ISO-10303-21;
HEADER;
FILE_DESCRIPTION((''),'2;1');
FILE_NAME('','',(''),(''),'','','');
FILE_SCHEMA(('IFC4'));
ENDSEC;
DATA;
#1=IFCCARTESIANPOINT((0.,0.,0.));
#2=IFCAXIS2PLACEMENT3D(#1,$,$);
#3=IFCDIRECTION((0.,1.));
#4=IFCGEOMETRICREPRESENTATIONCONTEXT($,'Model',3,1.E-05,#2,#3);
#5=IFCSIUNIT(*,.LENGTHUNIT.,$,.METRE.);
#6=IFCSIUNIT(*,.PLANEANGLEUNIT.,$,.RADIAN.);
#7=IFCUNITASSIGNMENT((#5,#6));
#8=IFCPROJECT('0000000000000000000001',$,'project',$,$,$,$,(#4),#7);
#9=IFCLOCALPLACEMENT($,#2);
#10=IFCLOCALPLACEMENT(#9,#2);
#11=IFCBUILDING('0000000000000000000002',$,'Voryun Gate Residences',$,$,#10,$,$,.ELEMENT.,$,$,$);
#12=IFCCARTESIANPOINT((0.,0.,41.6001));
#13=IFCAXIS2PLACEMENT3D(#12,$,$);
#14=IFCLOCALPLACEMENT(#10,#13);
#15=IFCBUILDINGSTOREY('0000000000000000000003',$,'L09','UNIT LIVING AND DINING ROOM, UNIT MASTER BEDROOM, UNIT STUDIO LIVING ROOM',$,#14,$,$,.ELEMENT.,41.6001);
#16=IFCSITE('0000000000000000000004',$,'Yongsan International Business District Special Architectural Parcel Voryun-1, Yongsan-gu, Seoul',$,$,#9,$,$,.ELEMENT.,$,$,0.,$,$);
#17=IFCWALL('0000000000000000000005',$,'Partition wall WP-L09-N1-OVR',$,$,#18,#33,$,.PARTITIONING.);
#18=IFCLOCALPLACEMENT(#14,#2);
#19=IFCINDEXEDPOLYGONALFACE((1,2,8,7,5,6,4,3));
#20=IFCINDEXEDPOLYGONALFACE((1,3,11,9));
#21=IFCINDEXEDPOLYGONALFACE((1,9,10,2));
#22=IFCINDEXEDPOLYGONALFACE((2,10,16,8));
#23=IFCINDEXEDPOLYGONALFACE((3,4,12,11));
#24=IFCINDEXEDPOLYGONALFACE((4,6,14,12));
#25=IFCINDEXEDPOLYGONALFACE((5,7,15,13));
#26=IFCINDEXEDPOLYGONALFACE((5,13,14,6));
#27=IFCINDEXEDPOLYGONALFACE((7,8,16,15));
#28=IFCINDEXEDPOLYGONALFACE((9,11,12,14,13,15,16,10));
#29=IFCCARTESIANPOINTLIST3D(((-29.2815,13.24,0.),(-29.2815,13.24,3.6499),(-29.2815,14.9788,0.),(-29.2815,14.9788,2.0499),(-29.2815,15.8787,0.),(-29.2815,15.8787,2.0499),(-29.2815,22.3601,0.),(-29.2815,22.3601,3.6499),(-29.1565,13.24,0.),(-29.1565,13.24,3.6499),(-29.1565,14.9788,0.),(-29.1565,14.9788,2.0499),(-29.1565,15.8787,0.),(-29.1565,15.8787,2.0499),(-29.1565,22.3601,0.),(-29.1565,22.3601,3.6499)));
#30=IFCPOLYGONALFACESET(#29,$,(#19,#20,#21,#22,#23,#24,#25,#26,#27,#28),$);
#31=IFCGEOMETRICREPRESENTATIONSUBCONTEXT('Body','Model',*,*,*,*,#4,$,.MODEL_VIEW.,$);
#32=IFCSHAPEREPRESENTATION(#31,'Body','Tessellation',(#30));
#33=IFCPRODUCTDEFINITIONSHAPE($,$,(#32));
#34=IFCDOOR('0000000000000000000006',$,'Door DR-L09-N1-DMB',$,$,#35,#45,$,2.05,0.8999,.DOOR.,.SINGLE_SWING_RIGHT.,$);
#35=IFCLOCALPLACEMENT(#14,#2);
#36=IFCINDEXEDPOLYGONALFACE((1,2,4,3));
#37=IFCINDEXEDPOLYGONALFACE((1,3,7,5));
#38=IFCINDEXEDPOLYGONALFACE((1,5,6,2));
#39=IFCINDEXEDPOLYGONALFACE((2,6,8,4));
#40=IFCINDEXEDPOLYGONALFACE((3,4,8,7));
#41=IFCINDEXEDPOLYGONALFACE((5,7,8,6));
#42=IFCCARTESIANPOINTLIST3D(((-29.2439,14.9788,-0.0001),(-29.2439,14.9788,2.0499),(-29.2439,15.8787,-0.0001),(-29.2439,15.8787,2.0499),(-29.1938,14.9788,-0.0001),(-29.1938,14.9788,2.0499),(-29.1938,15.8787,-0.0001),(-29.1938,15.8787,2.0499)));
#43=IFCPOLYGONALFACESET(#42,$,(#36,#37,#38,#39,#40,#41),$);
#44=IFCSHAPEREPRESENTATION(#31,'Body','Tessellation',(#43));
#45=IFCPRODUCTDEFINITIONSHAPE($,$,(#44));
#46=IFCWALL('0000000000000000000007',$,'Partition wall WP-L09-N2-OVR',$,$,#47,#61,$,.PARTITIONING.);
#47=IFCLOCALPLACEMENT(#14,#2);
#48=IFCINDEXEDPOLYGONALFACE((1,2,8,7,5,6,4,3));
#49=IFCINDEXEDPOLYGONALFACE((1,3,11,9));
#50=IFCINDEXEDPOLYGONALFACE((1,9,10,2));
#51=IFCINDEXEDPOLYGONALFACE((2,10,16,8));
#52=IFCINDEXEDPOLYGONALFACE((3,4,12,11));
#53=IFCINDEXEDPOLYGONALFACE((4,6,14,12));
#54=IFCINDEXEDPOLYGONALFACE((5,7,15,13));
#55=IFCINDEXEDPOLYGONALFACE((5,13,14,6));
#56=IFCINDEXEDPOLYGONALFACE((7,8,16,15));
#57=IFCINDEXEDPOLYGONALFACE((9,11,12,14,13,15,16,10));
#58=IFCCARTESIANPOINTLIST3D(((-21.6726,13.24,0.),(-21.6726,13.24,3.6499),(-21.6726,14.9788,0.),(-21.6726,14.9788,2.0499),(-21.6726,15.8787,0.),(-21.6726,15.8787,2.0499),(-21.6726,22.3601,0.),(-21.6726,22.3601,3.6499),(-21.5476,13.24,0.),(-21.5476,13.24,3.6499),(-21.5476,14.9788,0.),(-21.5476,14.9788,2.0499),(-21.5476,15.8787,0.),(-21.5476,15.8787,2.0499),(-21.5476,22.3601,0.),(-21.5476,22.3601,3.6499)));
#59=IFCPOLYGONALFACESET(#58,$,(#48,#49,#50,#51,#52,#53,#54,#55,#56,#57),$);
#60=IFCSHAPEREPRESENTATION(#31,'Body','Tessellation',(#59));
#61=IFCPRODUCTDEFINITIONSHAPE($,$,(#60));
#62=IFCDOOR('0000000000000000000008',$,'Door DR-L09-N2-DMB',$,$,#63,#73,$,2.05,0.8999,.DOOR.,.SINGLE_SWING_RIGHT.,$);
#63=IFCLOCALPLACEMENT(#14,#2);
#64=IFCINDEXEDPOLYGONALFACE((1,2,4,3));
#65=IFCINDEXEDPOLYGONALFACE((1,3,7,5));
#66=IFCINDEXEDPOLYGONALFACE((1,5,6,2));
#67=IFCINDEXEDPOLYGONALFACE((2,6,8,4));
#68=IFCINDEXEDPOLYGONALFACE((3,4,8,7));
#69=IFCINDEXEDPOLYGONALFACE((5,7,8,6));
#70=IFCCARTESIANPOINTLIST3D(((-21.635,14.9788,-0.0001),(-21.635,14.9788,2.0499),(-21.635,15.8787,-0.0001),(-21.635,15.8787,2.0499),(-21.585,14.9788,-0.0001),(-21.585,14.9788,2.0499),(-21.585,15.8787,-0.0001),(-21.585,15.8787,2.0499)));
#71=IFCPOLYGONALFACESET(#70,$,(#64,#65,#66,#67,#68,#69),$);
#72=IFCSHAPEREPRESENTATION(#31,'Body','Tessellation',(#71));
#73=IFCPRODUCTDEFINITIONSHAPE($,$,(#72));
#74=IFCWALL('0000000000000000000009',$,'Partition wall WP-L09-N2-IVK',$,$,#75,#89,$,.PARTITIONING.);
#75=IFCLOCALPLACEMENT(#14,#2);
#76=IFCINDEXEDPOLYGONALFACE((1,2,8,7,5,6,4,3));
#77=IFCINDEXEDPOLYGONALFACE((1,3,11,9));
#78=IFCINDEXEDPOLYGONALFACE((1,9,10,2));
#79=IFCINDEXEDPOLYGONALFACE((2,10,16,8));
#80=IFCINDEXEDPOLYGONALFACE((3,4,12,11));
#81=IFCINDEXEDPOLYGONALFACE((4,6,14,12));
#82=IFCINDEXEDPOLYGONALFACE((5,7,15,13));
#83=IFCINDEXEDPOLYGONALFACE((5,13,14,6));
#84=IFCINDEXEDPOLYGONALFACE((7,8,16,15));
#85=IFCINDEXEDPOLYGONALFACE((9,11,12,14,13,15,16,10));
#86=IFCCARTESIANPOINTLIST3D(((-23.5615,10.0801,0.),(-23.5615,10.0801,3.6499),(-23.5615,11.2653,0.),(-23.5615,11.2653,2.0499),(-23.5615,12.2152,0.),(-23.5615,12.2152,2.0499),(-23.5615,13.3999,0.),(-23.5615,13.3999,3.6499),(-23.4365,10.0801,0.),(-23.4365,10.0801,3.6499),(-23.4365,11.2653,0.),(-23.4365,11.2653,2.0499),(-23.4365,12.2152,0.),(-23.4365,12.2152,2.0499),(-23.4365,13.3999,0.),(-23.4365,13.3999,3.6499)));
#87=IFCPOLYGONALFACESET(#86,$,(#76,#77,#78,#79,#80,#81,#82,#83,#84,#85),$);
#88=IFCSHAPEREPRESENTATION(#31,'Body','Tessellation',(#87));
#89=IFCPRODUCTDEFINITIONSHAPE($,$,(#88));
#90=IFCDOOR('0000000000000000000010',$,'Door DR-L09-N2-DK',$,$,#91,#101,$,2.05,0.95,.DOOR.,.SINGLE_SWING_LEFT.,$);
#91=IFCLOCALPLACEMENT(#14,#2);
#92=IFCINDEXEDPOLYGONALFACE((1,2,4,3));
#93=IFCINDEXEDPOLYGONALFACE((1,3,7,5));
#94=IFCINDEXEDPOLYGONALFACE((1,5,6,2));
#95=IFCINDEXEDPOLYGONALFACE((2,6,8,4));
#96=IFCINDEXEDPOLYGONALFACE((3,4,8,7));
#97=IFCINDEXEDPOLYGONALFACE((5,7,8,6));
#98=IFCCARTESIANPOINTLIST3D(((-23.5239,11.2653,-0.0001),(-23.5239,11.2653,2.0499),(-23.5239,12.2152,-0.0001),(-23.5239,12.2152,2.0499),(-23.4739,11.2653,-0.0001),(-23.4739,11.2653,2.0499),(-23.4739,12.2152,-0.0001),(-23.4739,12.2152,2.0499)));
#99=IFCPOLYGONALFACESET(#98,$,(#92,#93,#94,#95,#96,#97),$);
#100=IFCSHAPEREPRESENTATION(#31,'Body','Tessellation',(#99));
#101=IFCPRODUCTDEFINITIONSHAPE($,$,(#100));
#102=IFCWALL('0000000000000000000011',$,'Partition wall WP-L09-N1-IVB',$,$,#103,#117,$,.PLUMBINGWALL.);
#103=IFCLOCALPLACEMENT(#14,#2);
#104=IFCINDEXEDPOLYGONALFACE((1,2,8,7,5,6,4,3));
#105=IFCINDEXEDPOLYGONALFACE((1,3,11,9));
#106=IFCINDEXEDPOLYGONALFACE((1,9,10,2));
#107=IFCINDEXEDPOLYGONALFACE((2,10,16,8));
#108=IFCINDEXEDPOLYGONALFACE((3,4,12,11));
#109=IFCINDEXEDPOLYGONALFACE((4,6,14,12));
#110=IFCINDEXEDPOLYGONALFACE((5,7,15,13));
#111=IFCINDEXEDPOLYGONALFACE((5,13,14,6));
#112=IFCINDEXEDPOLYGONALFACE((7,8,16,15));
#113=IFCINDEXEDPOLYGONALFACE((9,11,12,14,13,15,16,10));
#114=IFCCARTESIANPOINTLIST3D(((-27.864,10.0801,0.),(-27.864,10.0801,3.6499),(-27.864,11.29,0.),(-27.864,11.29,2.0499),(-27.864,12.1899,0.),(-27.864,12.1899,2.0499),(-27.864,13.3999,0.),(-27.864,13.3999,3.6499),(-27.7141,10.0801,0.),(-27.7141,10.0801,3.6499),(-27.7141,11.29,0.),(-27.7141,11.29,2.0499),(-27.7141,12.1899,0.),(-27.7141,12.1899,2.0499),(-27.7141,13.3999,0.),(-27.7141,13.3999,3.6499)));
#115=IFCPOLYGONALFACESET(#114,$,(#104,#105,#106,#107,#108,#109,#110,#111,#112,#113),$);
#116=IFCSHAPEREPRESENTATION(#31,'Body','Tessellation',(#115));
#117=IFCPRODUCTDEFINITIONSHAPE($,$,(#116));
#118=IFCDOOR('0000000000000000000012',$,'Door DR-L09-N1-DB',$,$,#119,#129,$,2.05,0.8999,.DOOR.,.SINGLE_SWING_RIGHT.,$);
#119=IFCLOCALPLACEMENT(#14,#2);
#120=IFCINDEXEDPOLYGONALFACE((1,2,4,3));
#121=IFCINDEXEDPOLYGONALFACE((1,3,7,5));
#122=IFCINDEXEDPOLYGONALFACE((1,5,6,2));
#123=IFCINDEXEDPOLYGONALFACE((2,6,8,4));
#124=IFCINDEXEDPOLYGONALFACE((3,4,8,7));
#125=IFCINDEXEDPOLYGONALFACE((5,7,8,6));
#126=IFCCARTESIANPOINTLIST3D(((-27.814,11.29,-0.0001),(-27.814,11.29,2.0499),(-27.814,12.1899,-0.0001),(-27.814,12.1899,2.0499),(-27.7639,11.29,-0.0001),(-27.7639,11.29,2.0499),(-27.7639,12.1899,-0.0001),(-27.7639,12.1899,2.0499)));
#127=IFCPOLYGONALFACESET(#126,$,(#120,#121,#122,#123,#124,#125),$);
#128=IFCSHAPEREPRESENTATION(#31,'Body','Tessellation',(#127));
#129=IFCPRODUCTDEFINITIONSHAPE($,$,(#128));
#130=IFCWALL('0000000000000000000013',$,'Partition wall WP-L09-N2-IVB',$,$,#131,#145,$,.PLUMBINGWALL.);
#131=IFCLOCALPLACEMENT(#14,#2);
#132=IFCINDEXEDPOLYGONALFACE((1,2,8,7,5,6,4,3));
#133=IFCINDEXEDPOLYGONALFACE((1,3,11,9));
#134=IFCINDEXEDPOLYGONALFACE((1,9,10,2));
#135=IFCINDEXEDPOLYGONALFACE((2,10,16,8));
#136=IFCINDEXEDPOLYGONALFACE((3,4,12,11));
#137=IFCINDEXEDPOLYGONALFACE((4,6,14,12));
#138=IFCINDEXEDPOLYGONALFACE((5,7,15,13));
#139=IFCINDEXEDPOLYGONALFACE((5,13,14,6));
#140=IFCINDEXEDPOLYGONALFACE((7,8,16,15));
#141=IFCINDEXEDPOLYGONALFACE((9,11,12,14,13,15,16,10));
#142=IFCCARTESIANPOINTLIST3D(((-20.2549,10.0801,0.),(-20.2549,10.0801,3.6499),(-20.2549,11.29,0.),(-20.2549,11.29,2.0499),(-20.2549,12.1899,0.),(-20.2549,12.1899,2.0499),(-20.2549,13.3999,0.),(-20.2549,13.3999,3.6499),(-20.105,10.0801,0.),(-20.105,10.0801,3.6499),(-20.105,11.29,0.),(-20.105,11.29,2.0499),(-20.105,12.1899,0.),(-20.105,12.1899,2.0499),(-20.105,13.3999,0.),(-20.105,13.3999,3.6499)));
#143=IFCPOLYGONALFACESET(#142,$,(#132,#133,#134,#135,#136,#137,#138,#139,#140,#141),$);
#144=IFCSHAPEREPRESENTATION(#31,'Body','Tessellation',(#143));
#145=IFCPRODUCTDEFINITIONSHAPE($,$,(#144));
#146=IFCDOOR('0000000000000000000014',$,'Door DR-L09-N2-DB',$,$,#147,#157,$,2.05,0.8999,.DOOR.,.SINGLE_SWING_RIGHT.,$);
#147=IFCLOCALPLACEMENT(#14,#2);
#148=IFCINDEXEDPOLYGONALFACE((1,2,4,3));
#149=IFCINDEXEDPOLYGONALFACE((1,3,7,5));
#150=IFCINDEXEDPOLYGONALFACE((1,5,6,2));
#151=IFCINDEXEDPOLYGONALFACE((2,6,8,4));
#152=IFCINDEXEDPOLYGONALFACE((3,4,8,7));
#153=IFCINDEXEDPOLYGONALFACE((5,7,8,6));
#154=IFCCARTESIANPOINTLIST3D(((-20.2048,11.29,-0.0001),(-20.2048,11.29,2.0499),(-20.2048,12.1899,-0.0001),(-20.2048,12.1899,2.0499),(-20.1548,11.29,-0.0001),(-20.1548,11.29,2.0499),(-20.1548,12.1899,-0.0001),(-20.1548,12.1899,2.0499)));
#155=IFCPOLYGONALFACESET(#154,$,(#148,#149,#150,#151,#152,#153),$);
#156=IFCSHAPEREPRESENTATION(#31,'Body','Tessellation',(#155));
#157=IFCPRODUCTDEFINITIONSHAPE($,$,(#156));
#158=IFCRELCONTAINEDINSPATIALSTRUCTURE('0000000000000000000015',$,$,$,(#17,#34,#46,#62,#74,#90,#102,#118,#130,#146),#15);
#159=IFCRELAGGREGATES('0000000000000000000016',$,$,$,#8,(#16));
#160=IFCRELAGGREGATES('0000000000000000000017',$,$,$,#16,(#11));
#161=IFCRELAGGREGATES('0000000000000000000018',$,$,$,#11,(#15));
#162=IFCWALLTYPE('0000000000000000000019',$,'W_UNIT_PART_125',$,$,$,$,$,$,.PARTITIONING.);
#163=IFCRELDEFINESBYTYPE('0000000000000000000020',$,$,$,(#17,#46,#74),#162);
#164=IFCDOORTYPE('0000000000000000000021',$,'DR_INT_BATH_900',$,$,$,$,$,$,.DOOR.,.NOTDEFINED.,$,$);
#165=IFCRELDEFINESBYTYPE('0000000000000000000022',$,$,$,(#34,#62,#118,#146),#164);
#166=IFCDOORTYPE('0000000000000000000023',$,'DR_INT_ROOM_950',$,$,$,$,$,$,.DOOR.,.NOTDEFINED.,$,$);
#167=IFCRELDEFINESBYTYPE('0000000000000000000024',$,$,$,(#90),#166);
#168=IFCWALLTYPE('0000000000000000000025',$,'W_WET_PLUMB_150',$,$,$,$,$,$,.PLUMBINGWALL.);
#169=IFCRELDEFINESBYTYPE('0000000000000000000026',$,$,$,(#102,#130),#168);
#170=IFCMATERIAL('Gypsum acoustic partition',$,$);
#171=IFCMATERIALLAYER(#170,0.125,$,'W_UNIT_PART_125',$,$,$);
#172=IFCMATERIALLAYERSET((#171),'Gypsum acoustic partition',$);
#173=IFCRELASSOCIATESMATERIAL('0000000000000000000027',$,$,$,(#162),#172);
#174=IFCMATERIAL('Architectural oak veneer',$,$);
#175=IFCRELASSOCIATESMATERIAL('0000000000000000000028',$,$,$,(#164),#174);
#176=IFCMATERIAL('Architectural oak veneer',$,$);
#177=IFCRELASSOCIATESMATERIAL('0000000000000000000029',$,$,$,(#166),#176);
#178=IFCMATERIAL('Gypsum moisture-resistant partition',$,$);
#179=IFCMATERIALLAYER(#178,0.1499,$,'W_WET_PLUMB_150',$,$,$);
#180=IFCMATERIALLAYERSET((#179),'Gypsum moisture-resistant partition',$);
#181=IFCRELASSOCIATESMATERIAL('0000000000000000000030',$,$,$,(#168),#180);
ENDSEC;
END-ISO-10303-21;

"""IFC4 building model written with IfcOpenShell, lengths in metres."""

from ifc_helpers import new_model, si_unit, direction, frame, frame_2d, origin, place, context, subcontext, project, spatial, rectangle, extrude, material, layer, layer_set, type_object, element, fill, save


model = new_model("IFC4")

# Units and contexts
model_context = context("Model", 3, precision=1e-05, world=origin(), true_north=direction((0.0, 1.0)))
body_context = subcontext(model_context, "Body", "Model", "MODEL_VIEW")
ifc_project = project(units=[si_unit("LENGTHUNIT", "METRE"), si_unit("PLANEANGLEUNIT", "RADIAN")], contexts=[model_context])

# Site, building, storey
site_placement = place(None, origin())
site = spatial("IfcSite", under=ifc_project, at=site_placement, Name="Yongsan International Business District Special Architectural Parcel Voryun-1, Yongsan-gu, Seoul", CompositionType="ELEMENT", RefElevation=0.0)
building_placement = place(site_placement, origin())
building = spatial("IfcBuilding", under=site, at=building_placement, Name="Voryun Gate Residences", CompositionType="ELEMENT")
storey_placement = place(building_placement, frame((0.0, 0.0, 41.6001)))
storey = spatial("IfcBuildingStorey", under=building, at=storey_placement, Name="L09", Description="UNIT LIVING AND DINING ROOM, UNIT MASTER BEDROOM, UNIT STUDIO LIVING ROOM", CompositionType="ELEMENT", Elevation=41.6001)

# Walls, openings, doors
ifc_material_1 = material(Name="Gypsum acoustic partition")
ifc_layer_1 = layer(ifc_material_1, 0.125, Name="W_UNIT_PART_125")
ifc_layer_set_1 = layer_set([ifc_layer_1], Name="Gypsum acoustic partition")
wall_type_1 = type_object("IfcWallType", Name="W_UNIT_PART_125", PredefinedType="PARTITIONING", material=ifc_layer_set_1)
wall_1_placement = place(storey_placement, frame((-29.219, 13.24, 0.0), z_axis=(0.0, 0.0, 1.0), x_axis=(0.0, 1.0, 0.0)))
wall_1 = element("IfcWall", 1, at=wall_1_placement, inside=storey, type_object=wall_type_1, Name="Partition wall WP-L09-N1-OVR", PredefinedType="PARTITIONING", context=body_context, shape_type="SweptSolid", body=[
    extrude(rectangle(XDim=9.1201, YDim=0.125, at=frame_2d((4.5601, 0.0))), origin(), (0.0, 0.0, 1.0), 3.6499),
])
opening_1_placement = place(wall_1_placement, frame((1.7388, 0.0, 0.0)))
opening_1 = element("IfcOpeningElement", 2, at=opening_1_placement, cuts=wall_1, PredefinedType="OPENING", context=body_context, shape_type="SweptSolid", body=[
    extrude(rectangle(XDim=0.8999, YDim=2.05, at=frame_2d((0.45, 1.0249))), frame((0.0, 0.0725, 0.0), z_axis=(0.0, -1.0, 0.0), x_axis=(1.0, 0.0, 0.0)), (0.0, 0.0, 1.0), 0.145),
])
ifc_material_2 = material(Name="Architectural oak veneer")
door_type_1 = type_object("IfcDoorType", Name="DR_INT_BATH_900", OperationType="NOTDEFINED", PredefinedType="DOOR", material=ifc_material_2)
door_1_placement = place(opening_1_placement, origin())
door_1 = element("IfcDoor", 3, at=door_1_placement, inside=storey, type_object=door_type_1, Name="Door DR-L09-N1-DMB", OperationType="SINGLE_SWING_RIGHT", OverallHeight=2.05, OverallWidth=0.8999, PredefinedType="DOOR", context=body_context, shape_type="SweptSolid", body=[
    extrude(rectangle(XDim=0.8999, YDim=2.05, at=frame_2d((0.45, 1.0249))), frame((0.0, 0.0249, 0.0), z_axis=(0.0, -1.0, 0.0), x_axis=(1.0, 0.0, 0.0)), (0.0, 0.0, 1.0), 0.05),
])
fill(opening_1, door_1)
wall_2_placement = place(storey_placement, frame((-21.6101, 13.24, 0.0), z_axis=(0.0, 0.0, 1.0), x_axis=(0.0, 1.0, 0.0)))
wall_2 = element("IfcWall", 4, at=wall_2_placement, inside=storey, type_object=wall_type_1, Name="Partition wall WP-L09-N2-OVR", PredefinedType="PARTITIONING", context=body_context, shape_type="SweptSolid", body=[
    extrude(rectangle(XDim=9.1201, YDim=0.125, at=frame_2d((4.5601, 0.0))), origin(), (0.0, 0.0, 1.0), 3.6499),
])
opening_2_placement = place(wall_2_placement, frame((1.7388, 0.0, 0.0)))
opening_2 = element("IfcOpeningElement", 5, at=opening_2_placement, cuts=wall_2, PredefinedType="OPENING", context=body_context, shape_type="SweptSolid", body=[
    extrude(rectangle(XDim=0.8999, YDim=2.05, at=frame_2d((0.45, 1.0249))), frame((0.0, 0.0725, 0.0), z_axis=(0.0, -1.0, 0.0), x_axis=(1.0, 0.0, 0.0)), (0.0, 0.0, 1.0), 0.145),
])
door_2_placement = place(opening_2_placement, origin())
door_2 = element("IfcDoor", 6, at=door_2_placement, inside=storey, type_object=door_type_1, Name="Door DR-L09-N2-DMB", OperationType="SINGLE_SWING_RIGHT", OverallHeight=2.05, OverallWidth=0.8999, PredefinedType="DOOR", context=body_context, shape_type="SweptSolid", body=[
    extrude(rectangle(XDim=0.8999, YDim=2.05, at=frame_2d((0.45, 1.0249))), frame((0.0, 0.0249, 0.0), z_axis=(0.0, -1.0, 0.0), x_axis=(1.0, 0.0, 0.0)), (0.0, 0.0, 1.0), 0.05),
])
fill(opening_2, door_2)
wall_3_placement = place(storey_placement, frame((-23.499, 10.0801, 0.0), z_axis=(0.0, 0.0, 1.0), x_axis=(0.0, 1.0, 0.0)))
wall_3 = element("IfcWall", 7, at=wall_3_placement, inside=storey, type_object=wall_type_1, Name="Partition wall WP-L09-N2-IVK", PredefinedType="PARTITIONING", context=body_context, shape_type="SweptSolid", body=[
    extrude(rectangle(XDim=3.3198, YDim=0.125, at=frame_2d((1.6599, 0.0))), origin(), (0.0, 0.0, 1.0), 3.6499),
])
opening_3_placement = place(wall_3_placement, frame((1.1851, 0.0, 0.0)))
opening_3 = element("IfcOpeningElement", 8, at=opening_3_placement, cuts=wall_3, PredefinedType="OPENING", context=body_context, shape_type="SweptSolid", body=[
    extrude(rectangle(XDim=0.95, YDim=2.05, at=frame_2d((0.4751, 1.0249))), frame((0.0, 0.0725, 0.0), z_axis=(0.0, -1.0, 0.0), x_axis=(1.0, 0.0, 0.0)), (0.0, 0.0, 1.0), 0.145),
])
ifc_material_3 = material(Name="Architectural oak veneer")
door_type_2 = type_object("IfcDoorType", Name="DR_INT_ROOM_950", OperationType="NOTDEFINED", PredefinedType="DOOR", material=ifc_material_3)
door_3_placement = place(opening_3_placement, origin())
door_3 = element("IfcDoor", 9, at=door_3_placement, inside=storey, type_object=door_type_2, Name="Door DR-L09-N2-DK", OperationType="SINGLE_SWING_LEFT", OverallHeight=2.05, OverallWidth=0.95, PredefinedType="DOOR", context=body_context, shape_type="SweptSolid", body=[
    extrude(rectangle(XDim=0.95, YDim=2.05, at=frame_2d((0.4751, 1.0249))), frame((0.0, 0.0249, 0.0), z_axis=(0.0, -1.0, 0.0), x_axis=(1.0, 0.0, 0.0)), (0.0, 0.0, 1.0), 0.05),
])
fill(opening_3, door_3)
ifc_material_4 = material(Name="Gypsum moisture-resistant partition")
ifc_layer_2 = layer(ifc_material_4, 0.1499, Name="W_WET_PLUMB_150")
ifc_layer_set_2 = layer_set([ifc_layer_2], Name="Gypsum moisture-resistant partition")
wall_type_2 = type_object("IfcWallType", Name="W_WET_PLUMB_150", PredefinedType="PLUMBINGWALL", material=ifc_layer_set_2)
wall_4_placement = place(storey_placement, frame((-27.7891, 10.0801, 0.0), z_axis=(0.0, 0.0, 1.0), x_axis=(0.0, 1.0, 0.0)))
wall_4 = element("IfcWall", 10, at=wall_4_placement, inside=storey, type_object=wall_type_2, Name="Partition wall WP-L09-N1-IVB", PredefinedType="PLUMBINGWALL", context=body_context, shape_type="SweptSolid", body=[
    extrude(rectangle(XDim=3.3198, YDim=0.1499, at=frame_2d((1.6599, 0.0))), origin(), (0.0, 0.0, 1.0), 3.6499),
])
opening_4_placement = place(wall_4_placement, frame((1.21, 0.0, 0.0)))
opening_4 = element("IfcOpeningElement", 11, at=opening_4_placement, cuts=wall_4, PredefinedType="OPENING", context=body_context, shape_type="SweptSolid", body=[
    extrude(rectangle(XDim=0.8999, YDim=2.05, at=frame_2d((0.45, 1.0249))), frame((0.0, 0.085, 0.0), z_axis=(0.0, -1.0, 0.0), x_axis=(1.0, 0.0, 0.0)), (0.0, 0.0, 1.0), 0.1699),
])
door_4_placement = place(opening_4_placement, origin())
door_4 = element("IfcDoor", 12, at=door_4_placement, inside=storey, type_object=door_type_1, Name="Door DR-L09-N1-DB", OperationType="SINGLE_SWING_RIGHT", OverallHeight=2.05, OverallWidth=0.8999, PredefinedType="DOOR", context=body_context, shape_type="SweptSolid", body=[
    extrude(rectangle(XDim=0.8999, YDim=2.05, at=frame_2d((0.45, 1.0249))), frame((0.0, 0.0249, 0.0), z_axis=(0.0, -1.0, 0.0), x_axis=(1.0, 0.0, 0.0)), (0.0, 0.0, 1.0), 0.05),
])
fill(opening_4, door_4)
wall_5_placement = place(storey_placement, frame((-20.1799, 10.0801, 0.0), z_axis=(0.0, 0.0, 1.0), x_axis=(0.0, 1.0, 0.0)))
wall_5 = element("IfcWall", 13, at=wall_5_placement, inside=storey, type_object=wall_type_2, Name="Partition wall WP-L09-N2-IVB", PredefinedType="PLUMBINGWALL", context=body_context, shape_type="SweptSolid", body=[
    extrude(rectangle(XDim=3.3198, YDim=0.1499, at=frame_2d((1.6599, 0.0))), origin(), (0.0, 0.0, 1.0), 3.6499),
])
opening_5_placement = place(wall_5_placement, frame((1.21, 0.0, 0.0)))
opening_5 = element("IfcOpeningElement", 14, at=opening_5_placement, cuts=wall_5, PredefinedType="OPENING", context=body_context, shape_type="SweptSolid", body=[
    extrude(rectangle(XDim=0.8999, YDim=2.05, at=frame_2d((0.45, 1.0249))), frame((0.0, 0.085, 0.0), z_axis=(0.0, -1.0, 0.0), x_axis=(1.0, 0.0, 0.0)), (0.0, 0.0, 1.0), 0.1699),
])
door_5_placement = place(opening_5_placement, origin())
door_5 = element("IfcDoor", 15, at=door_5_placement, inside=storey, type_object=door_type_1, Name="Door DR-L09-N2-DB", OperationType="SINGLE_SWING_RIGHT", OverallHeight=2.05, OverallWidth=0.8999, PredefinedType="DOOR", context=body_context, shape_type="SweptSolid", body=[
    extrude(rectangle(XDim=0.8999, YDim=2.05, at=frame_2d((0.45, 1.0249))), frame((0.0, 0.0249, 0.0), z_axis=(0.0, -1.0, 0.0), x_axis=(1.0, 0.0, 0.0)), (0.0, 0.0, 1.0), 0.05),
])
fill(opening_5, door_5)

save(model, "model.ifc")
